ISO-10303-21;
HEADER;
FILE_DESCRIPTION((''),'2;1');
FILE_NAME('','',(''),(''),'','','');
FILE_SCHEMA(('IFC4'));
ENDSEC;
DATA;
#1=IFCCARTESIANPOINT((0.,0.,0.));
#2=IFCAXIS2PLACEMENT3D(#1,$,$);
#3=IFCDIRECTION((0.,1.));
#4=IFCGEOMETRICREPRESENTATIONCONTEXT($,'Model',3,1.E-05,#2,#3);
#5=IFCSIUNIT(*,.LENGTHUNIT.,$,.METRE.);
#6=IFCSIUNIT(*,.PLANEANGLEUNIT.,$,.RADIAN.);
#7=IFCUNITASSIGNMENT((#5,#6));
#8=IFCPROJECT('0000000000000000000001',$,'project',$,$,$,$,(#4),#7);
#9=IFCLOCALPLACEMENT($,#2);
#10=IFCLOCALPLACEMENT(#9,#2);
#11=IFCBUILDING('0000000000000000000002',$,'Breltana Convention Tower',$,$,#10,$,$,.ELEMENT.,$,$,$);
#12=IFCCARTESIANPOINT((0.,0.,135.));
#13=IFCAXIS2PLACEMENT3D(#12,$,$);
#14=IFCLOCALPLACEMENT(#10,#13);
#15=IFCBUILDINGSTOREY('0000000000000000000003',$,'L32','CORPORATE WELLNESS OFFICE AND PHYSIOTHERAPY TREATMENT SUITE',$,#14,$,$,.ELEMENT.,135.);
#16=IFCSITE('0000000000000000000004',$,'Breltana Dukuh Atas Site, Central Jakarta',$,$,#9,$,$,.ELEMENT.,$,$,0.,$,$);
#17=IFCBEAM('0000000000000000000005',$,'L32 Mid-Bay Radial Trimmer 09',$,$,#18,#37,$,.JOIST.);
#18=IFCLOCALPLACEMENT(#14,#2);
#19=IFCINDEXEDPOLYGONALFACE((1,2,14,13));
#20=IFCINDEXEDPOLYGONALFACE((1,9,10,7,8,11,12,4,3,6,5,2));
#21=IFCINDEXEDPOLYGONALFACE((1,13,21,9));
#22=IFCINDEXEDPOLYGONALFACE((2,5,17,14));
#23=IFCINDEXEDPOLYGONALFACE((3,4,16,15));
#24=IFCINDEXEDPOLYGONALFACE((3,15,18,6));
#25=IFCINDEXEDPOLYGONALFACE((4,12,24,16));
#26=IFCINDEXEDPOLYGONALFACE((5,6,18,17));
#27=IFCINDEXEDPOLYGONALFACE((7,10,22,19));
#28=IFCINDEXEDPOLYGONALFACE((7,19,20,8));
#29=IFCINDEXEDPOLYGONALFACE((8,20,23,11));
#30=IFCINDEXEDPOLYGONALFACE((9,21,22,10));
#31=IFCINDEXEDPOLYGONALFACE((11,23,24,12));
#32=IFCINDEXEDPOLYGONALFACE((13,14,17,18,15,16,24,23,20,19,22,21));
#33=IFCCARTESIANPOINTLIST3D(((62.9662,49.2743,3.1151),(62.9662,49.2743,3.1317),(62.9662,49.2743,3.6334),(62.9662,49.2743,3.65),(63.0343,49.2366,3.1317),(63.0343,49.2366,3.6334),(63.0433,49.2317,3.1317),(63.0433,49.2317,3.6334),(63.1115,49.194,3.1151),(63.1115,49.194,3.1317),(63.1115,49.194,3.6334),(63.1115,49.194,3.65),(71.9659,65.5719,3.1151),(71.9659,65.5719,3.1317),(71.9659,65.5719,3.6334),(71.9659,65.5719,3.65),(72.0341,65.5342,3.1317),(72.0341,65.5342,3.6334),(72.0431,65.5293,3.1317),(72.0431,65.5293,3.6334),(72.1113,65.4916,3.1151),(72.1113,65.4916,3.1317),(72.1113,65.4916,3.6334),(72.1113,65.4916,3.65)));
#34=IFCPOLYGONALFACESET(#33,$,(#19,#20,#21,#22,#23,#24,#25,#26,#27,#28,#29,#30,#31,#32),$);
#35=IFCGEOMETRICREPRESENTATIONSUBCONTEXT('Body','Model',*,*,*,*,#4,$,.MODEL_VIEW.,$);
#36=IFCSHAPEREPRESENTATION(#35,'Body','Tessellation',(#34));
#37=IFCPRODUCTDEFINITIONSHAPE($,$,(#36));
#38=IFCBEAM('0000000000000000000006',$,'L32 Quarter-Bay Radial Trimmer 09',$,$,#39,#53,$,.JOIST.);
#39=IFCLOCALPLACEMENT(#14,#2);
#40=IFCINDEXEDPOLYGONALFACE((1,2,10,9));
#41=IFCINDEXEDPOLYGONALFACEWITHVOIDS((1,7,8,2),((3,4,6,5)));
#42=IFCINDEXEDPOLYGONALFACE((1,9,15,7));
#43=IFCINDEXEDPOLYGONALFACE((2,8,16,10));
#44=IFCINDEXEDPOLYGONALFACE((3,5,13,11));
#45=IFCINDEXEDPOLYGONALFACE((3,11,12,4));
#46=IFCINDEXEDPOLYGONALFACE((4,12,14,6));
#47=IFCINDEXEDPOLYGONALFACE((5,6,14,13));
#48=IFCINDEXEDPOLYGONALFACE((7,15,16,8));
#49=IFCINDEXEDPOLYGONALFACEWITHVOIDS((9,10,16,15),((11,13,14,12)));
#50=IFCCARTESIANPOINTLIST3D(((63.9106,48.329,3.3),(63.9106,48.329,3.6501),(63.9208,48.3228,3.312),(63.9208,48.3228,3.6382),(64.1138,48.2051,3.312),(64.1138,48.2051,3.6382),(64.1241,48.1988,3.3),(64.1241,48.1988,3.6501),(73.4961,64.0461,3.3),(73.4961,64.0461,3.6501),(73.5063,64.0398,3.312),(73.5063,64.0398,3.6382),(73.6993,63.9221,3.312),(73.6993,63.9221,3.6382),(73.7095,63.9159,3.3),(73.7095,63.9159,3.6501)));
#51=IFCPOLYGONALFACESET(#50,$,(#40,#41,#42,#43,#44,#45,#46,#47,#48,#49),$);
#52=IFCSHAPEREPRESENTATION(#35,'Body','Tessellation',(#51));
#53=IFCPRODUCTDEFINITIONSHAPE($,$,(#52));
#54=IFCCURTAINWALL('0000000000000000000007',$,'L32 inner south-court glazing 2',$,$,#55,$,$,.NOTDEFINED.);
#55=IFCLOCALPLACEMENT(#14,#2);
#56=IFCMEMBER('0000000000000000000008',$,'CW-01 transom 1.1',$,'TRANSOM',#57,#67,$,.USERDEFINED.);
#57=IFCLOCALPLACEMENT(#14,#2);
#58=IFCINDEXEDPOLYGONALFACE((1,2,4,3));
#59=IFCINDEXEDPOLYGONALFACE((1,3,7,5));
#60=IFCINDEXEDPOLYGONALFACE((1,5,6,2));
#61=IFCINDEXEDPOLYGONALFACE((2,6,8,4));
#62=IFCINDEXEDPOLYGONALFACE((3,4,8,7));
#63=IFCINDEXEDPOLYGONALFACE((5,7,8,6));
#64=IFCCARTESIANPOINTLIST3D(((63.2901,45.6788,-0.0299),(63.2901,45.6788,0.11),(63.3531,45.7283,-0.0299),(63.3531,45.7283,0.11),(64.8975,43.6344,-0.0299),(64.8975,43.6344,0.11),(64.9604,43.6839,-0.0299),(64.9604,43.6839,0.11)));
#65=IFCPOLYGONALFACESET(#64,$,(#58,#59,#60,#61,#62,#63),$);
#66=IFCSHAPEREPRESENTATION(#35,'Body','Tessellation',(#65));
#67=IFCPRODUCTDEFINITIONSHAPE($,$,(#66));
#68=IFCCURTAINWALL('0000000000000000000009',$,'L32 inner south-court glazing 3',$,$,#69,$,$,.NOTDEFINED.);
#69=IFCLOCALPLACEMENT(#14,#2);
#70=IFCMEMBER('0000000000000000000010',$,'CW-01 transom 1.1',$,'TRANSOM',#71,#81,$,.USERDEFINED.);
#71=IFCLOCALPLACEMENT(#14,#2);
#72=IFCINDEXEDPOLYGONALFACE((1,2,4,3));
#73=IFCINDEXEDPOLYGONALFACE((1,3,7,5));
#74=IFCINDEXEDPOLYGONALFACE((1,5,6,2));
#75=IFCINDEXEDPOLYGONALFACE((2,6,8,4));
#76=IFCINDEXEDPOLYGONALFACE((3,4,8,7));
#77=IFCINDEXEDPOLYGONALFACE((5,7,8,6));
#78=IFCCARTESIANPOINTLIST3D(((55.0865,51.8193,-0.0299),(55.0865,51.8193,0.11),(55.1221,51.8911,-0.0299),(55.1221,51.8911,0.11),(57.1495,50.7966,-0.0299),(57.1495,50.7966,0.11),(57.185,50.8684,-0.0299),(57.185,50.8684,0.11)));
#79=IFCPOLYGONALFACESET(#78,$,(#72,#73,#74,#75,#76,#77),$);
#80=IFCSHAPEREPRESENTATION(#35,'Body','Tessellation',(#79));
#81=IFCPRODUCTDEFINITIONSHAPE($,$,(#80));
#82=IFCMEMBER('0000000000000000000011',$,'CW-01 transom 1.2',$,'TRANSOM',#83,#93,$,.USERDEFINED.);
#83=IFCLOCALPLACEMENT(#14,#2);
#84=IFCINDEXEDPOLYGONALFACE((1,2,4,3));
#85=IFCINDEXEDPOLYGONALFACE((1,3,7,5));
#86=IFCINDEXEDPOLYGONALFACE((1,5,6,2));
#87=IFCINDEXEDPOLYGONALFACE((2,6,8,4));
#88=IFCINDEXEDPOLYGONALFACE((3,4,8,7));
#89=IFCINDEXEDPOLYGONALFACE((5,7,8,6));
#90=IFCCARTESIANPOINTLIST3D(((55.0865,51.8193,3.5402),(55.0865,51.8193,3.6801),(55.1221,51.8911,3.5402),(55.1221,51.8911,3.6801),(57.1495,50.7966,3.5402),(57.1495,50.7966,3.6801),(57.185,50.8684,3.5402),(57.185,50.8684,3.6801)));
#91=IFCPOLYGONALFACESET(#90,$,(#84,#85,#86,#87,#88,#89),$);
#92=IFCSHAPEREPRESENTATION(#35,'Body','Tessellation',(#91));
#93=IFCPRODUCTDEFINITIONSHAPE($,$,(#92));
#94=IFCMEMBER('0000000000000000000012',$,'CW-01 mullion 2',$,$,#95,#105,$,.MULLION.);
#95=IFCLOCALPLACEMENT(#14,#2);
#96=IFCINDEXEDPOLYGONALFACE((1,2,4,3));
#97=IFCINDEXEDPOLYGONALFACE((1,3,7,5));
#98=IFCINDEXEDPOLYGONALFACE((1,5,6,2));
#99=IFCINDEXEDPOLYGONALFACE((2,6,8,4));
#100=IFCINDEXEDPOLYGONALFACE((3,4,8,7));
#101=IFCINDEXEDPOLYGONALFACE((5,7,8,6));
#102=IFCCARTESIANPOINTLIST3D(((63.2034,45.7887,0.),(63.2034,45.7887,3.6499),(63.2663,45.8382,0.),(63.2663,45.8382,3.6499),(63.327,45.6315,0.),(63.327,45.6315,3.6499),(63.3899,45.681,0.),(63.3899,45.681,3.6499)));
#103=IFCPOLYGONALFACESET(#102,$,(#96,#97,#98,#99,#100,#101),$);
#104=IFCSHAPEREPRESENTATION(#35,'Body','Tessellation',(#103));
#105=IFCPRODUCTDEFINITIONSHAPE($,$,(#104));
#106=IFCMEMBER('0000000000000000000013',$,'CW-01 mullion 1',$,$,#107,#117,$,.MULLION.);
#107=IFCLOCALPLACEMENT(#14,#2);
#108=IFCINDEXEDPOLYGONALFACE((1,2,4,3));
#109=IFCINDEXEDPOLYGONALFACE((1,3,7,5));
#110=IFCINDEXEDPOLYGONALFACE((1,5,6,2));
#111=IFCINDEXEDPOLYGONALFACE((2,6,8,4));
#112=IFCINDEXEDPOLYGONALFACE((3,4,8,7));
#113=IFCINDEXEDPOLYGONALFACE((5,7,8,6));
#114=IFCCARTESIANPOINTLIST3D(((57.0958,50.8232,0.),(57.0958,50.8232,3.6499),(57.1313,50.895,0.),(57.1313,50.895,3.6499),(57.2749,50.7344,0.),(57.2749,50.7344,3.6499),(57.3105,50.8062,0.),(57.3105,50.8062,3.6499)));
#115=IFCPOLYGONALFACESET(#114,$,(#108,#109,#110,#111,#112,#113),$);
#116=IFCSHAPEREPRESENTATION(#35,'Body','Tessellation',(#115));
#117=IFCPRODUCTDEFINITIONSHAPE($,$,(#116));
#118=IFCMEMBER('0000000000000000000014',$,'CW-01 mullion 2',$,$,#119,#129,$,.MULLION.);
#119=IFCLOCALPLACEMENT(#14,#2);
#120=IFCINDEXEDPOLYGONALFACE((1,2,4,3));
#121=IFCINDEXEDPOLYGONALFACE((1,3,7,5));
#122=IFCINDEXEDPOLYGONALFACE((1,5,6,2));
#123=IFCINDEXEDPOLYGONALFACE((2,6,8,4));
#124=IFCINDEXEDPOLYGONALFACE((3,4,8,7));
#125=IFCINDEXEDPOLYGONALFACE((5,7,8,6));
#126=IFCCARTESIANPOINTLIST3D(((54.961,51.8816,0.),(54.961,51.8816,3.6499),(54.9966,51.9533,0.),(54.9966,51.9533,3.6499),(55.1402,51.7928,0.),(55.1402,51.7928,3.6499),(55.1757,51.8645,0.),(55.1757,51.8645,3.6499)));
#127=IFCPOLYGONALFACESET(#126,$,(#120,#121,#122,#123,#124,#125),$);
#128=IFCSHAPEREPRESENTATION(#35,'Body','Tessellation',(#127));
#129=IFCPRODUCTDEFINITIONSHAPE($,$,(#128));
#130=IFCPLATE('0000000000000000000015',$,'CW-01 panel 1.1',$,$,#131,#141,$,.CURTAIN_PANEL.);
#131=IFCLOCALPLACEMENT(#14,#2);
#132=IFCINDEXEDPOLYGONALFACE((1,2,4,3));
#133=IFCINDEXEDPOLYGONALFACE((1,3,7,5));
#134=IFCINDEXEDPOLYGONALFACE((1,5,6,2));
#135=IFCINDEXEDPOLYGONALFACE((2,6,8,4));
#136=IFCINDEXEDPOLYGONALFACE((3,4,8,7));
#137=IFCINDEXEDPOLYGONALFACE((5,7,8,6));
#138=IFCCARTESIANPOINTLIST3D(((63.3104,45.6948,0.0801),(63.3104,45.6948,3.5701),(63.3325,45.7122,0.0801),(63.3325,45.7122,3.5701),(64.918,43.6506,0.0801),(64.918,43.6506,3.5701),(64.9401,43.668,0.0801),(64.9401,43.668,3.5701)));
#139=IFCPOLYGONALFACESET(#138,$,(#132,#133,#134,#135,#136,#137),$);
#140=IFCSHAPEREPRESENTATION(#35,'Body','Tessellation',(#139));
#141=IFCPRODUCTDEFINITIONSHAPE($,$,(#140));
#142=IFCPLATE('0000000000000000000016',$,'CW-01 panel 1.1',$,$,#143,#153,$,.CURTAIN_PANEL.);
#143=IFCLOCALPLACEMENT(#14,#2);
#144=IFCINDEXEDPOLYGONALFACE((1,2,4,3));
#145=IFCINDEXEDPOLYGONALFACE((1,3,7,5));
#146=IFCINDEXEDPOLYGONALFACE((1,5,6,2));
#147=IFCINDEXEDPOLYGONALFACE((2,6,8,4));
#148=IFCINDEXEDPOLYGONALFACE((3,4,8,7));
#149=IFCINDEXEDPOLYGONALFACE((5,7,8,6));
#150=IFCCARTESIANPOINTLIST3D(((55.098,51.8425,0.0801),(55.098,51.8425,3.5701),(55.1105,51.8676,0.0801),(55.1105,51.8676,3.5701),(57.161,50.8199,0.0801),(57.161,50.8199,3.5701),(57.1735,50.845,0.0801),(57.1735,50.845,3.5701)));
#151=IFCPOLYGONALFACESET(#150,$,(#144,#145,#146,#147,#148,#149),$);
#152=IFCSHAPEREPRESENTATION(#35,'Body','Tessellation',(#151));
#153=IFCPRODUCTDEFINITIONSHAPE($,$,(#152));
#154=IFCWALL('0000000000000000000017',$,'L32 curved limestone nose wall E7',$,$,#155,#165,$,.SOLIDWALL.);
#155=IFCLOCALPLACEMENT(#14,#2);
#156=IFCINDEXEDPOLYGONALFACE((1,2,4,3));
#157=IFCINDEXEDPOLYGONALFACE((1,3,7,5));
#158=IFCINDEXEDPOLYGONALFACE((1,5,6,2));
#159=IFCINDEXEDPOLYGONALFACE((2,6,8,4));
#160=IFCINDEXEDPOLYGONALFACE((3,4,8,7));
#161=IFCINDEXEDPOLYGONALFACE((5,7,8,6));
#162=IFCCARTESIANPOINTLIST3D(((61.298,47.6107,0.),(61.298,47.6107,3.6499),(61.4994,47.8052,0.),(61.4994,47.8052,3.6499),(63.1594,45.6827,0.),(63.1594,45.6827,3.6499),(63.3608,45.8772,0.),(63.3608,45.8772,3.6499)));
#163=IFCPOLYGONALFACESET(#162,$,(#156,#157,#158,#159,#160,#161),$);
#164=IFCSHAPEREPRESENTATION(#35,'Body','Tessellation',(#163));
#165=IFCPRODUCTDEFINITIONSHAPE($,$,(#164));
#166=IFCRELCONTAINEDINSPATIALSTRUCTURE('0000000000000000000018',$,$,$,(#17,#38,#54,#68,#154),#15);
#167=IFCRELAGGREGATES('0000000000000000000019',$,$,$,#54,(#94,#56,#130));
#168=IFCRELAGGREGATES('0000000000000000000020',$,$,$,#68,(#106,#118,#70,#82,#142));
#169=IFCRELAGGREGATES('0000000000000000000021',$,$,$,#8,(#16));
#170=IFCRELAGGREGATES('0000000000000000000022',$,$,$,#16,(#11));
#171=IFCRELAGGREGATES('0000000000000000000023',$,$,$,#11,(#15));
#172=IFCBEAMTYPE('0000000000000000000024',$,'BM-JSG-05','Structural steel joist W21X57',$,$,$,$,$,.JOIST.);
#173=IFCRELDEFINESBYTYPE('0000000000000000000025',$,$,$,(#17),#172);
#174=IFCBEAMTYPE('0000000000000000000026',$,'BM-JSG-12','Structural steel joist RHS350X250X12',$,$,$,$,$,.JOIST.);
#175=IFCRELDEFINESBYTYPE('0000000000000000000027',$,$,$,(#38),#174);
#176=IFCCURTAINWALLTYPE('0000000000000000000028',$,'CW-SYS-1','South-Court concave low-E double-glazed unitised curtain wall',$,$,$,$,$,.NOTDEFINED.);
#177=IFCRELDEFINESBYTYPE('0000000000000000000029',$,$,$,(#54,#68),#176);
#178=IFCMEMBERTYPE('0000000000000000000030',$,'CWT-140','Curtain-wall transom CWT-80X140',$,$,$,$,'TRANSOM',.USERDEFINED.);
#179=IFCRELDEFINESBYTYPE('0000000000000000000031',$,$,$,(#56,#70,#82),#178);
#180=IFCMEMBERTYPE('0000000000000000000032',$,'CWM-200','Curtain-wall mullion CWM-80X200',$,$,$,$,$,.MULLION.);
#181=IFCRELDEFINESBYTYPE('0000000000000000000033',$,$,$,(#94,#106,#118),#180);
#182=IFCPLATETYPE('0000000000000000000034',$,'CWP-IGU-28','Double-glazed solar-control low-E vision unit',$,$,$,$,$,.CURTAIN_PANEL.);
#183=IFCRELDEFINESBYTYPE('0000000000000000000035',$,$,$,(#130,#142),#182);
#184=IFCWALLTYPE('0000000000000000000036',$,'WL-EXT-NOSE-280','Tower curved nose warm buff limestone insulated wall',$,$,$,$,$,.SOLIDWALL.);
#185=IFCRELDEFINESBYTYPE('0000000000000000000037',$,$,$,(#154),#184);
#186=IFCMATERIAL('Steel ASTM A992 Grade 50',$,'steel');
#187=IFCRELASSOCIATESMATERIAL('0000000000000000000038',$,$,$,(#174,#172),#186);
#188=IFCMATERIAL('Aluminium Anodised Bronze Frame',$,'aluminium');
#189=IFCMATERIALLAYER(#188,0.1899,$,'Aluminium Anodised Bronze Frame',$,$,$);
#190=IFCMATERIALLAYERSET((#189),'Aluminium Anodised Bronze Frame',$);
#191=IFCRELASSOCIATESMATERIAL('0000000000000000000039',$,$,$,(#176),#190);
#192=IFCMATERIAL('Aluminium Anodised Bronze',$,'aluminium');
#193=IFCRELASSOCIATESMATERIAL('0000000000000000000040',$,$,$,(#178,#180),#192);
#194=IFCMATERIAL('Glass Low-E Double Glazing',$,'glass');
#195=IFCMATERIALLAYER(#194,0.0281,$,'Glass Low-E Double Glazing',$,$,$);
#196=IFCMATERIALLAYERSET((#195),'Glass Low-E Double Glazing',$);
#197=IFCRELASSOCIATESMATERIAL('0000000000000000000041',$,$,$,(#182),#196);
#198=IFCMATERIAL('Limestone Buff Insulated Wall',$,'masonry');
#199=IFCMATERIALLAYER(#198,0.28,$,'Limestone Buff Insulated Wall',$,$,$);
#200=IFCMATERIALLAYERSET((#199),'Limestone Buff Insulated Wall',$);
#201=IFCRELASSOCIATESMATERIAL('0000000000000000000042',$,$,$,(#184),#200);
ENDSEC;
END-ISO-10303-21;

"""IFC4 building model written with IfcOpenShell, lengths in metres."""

from ifc_helpers import new_model, si_unit, direction, frame, frame_2d, origin, origin_2d, place, context, subcontext, project, spatial, rectangle, hollow_rectangle, i_section, extrude, source, transform, mapped, material, layer, layer_set, material_profile, profile_set, type_object, element, aggregate, save


model = new_model("IFC4")

# Units and contexts
model_context = context("Model", 3, precision=1e-05, world=origin(), true_north=direction((0.0, 1.0)))
body_context = subcontext(model_context, "Body", "Model", "MODEL_VIEW")
ifc_project = project(units=[si_unit("LENGTHUNIT", "METRE"), si_unit("PLANEANGLEUNIT", "RADIAN")], contexts=[model_context])

# Site, building, storey
site_placement = place(None, origin())
site = spatial("IfcSite", under=ifc_project, at=site_placement, Name="Breltana Dukuh Atas Site, Central Jakarta", CompositionType="ELEMENT", RefElevation=0.0)
building_placement = place(site_placement, origin())
building = spatial("IfcBuilding", under=site, at=building_placement, Name="Breltana Convention Tower", CompositionType="ELEMENT")
storey_placement = place(building_placement, frame((0.0, 0.0, 135.0)))
storey = spatial("IfcBuildingStorey", under=building, at=storey_placement, Name="L32", Description="CORPORATE WELLNESS OFFICE AND PHYSIOTHERAPY TREATMENT SUITE", CompositionType="ELEMENT", Elevation=135.0)

# Beams
ifc_material_1 = material(Name="Steel ASTM A992 Grade 50", Category="steel")
ifc_material_profile_1 = material_profile(ifc_material_1, hollow_rectangle(XDim=0.25, YDim=0.3501, WallThickness=0.012, at=origin_2d()), Name="RHS350X250X12")
ifc_profile_set_1 = profile_set([ifc_material_profile_1], Name="Steel ASTM A992 Grade 50")
beam_type_1 = type_object("IfcBeamType", Name="BM-JSG-12", Description="Structural steel joist RHS350X250X12", PredefinedType="JOIST", material=ifc_profile_set_1)
ifc_material_profile_2 = material_profile(ifc_material_1, i_section(OverallWidth=0.166, OverallDepth=0.5349, WebThickness=0.0103, FlangeThickness=0.0166, at=origin_2d()), Name="W21X57")
ifc_profile_set_2 = profile_set([ifc_material_profile_2], Name="Steel ASTM A992 Grade 50")
beam_type_2 = type_object("IfcBeamType", Name="BM-JSG-05", Description="Structural steel joist W21X57", PredefinedType="JOIST", material=ifc_profile_set_2)
shared_shape_1 = source(origin(), body_context, "Body", "SweptSolid", [
    extrude(i_section(OverallWidth=0.166, OverallDepth=0.5349, WebThickness=0.0103, FlangeThickness=0.0166, at=origin_2d()), origin(), (0.0, 0.0, 1.0), 18.6174),
])
beam_1_placement = place(storey_placement, frame((63.0388, 49.2341, 3.3826), z_axis=(0.483406, 0.875396, 0.0), x_axis=(-0.875396, 0.483406, 0.0)))
element("IfcBeam", 1, at=beam_1_placement, inside=storey, type_object=beam_type_2, Name="L32 Mid-Bay Radial Trimmer 09", PredefinedType="JOIST", context=body_context, shape_type="MappedRepresentation", body=[
    mapped(shared_shape_1, transform((0.0, 0.0, 0.0), scale=1.0)),
])
shared_shape_2 = source(origin(), body_context, "Body", "SweptSolid", [
    extrude(hollow_rectangle(XDim=0.25, YDim=0.3501, WallThickness=0.012, at=origin_2d()), origin(), (0.0, 0.0, 1.0), 18.4094),
])
beam_2_placement = place(storey_placement, frame((64.0173, 48.2639, 3.4751), z_axis=(0.520682, 0.853751, 0.0), x_axis=(-0.853751, 0.520682, 0.0)))
element("IfcBeam", 2, at=beam_2_placement, inside=storey, type_object=beam_type_1, Name="L32 Quarter-Bay Radial Trimmer 09", PredefinedType="JOIST", context=body_context, shape_type="MappedRepresentation", body=[
    mapped(shared_shape_2, transform((0.0, 0.0, 0.0), scale=1.0)),
])

# Curtain wall, member
ifc_material_2 = material(Name="Aluminium Anodised Bronze Frame", Category="aluminium")
ifc_layer_1 = layer(ifc_material_2, 0.1899, Name="Aluminium Anodised Bronze Frame")
ifc_layer_set_1 = layer_set([ifc_layer_1], Name="Aluminium Anodised Bronze Frame")
curtain_wall_type = type_object("IfcCurtainWallType", Name="CW-SYS-1", Description="South-Court concave low-E double-glazed unitised curtain wall", PredefinedType="NOTDEFINED", material=ifc_layer_set_1)
curtain_wall_1_placement = place(storey_placement, origin())
curtain_wall_1 = element("IfcCurtainWall", 3, at=curtain_wall_1_placement, inside=storey, type_object=curtain_wall_type, Name="L32 inner south-court glazing 2", PredefinedType="NOTDEFINED")
ifc_material_3 = material(Name="Aluminium Anodised Bronze", Category="aluminium")
ifc_material_profile_3 = material_profile(ifc_material_3, rectangle(XDim=0.0801, YDim=0.1399, at=origin_2d()), Name="CWT-80X140")
ifc_profile_set_3 = profile_set([ifc_material_profile_3], Name="Aluminium Anodised Bronze")
member_type_1 = type_object("IfcMemberType", Name="CWT-140", Description="Curtain-wall transom CWT-80X140", ElementType="TRANSOM", PredefinedType="USERDEFINED", material=ifc_profile_set_3)
shared_shape_3 = source(origin(), body_context, "Body", "SweptSolid", [
    extrude(rectangle(XDim=0.0801, YDim=0.1399, at=origin_2d()), origin(), (0.0, 0.0, 1.0), 2.6006),
])
member_1_placement = place(storey_placement, frame((64.929, 43.6592, 0.04), z_axis=(-0.618079, 0.786116, 0.0), x_axis=(-0.786116, -0.618079, 0.0)))
member_1 = element("IfcMember", 4, at=member_1_placement, type_object=member_type_1, Name="CW-01 transom 1.1", ObjectType="TRANSOM", PredefinedType="USERDEFINED", context=body_context, shape_type="MappedRepresentation", body=[
    mapped(shared_shape_3, transform((0.0, 0.0, 0.0), scale=1.0)),
])

# Curtain wall, members
curtain_wall_2_placement = place(storey_placement, origin())
curtain_wall_2 = element("IfcCurtainWall", 5, at=curtain_wall_2_placement, inside=storey, type_object=curtain_wall_type, Name="L32 inner south-court glazing 3", PredefinedType="NOTDEFINED")
shared_shape_4 = source(origin(), body_context, "Body", "SweptSolid", [
    extrude(rectangle(XDim=0.0801, YDim=0.1399, at=origin_2d()), origin(), (0.0, 0.0, 1.0), 2.3025),
])
member_2_placement = place(storey_placement, frame((57.1672, 50.8325, 0.04), z_axis=(-0.895949, 0.444157, 0.0), x_axis=(-0.444157, -0.895949, 0.0)))
member_2 = element("IfcMember", 6, at=member_2_placement, type_object=member_type_1, Name="CW-01 transom 1.1", ObjectType="TRANSOM", PredefinedType="USERDEFINED", context=body_context, shape_type="MappedRepresentation", body=[
    mapped(shared_shape_4, transform((0.0, 0.0, 0.0), scale=1.0)),
])
member_3_placement = place(storey_placement, frame((57.1672, 50.8325, 3.6101), z_axis=(-0.895949, 0.444157, 0.0), x_axis=(-0.444157, -0.895949, 0.0)))
member_3 = element("IfcMember", 7, at=member_3_placement, type_object=member_type_1, Name="CW-01 transom 1.2", ObjectType="TRANSOM", PredefinedType="USERDEFINED", context=body_context, shape_type="MappedRepresentation", body=[
    mapped(shared_shape_4, transform((0.0, 0.0, 0.0), scale=1.0)),
])

# Members
ifc_material_profile_4 = material_profile(ifc_material_3, rectangle(XDim=0.0801, YDim=0.2, at=origin_2d()), Name="CWM-80X200")
ifc_profile_set_4 = profile_set([ifc_material_profile_4], Name="Aluminium Anodised Bronze")
member_type_2 = type_object("IfcMemberType", Name="CWM-200", Description="Curtain-wall mullion CWM-80X200", PredefinedType="MULLION", material=ifc_profile_set_4)
shared_shape_5 = source(origin(), body_context, "Body", "SweptSolid", [
    extrude(rectangle(XDim=0.0801, YDim=0.2, at=origin_2d()), origin(), (0.0, 0.0, 1.0), 3.6499),
])
member_4_placement = place(storey_placement, frame((63.2966, 45.7349, 0.0), z_axis=(0.0, 0.0, 1.0), x_axis=(-0.786054, -0.618157, 0.0)))
member_4 = element("IfcMember", 8, at=member_4_placement, type_object=member_type_2, Name="CW-01 mullion 2", PredefinedType="MULLION", context=body_context, shape_type="MappedRepresentation", body=[
    mapped(shared_shape_5, transform((0.0, 0.0, 0.0), scale=1.0)),
])
member_5_placement = place(storey_placement, frame((57.2031, 50.8147, 0.0), z_axis=(0.0, 0.0, 1.0), x_axis=(-0.444125, -0.895965, 0.0)))
member_5 = element("IfcMember", 9, at=member_5_placement, type_object=member_type_2, Name="CW-01 mullion 1", PredefinedType="MULLION", context=body_context, shape_type="MappedRepresentation", body=[
    mapped(shared_shape_5, transform((0.0, 0.0, 0.0), scale=1.0)),
])
member_6_placement = place(storey_placement, frame((55.0684, 51.873, 0.0), z_axis=(0.0, 0.0, 1.0), x_axis=(-0.444125, -0.895965, 0.0)))
member_6 = element("IfcMember", 10, at=member_6_placement, type_object=member_type_2, Name="CW-01 mullion 2", PredefinedType="MULLION", context=body_context, shape_type="MappedRepresentation", body=[
    mapped(shared_shape_5, transform((0.0, 0.0, 0.0), scale=1.0)),
])

# Plates
ifc_material_4 = material(Name="Glass Low-E Double Glazing", Category="glass")
ifc_layer_2 = layer(ifc_material_4, 0.0281, Name="Glass Low-E Double Glazing")
ifc_layer_set_2 = layer_set([ifc_layer_2], Name="Glass Low-E Double Glazing")
plate_type = type_object("IfcPlateType", Name="CWP-IGU-28", Description="Double-glazed solar-control low-E vision unit", PredefinedType="CURTAIN_PANEL", material=ifc_layer_set_2)
shared_shape_6 = source(origin(), body_context, "Body", "SweptSolid", [
    extrude(rectangle(XDim=2.6006, YDim=0.0281, at=origin_2d()), origin(), (0.0, 0.0, 1.0), 3.49),
])
plate_1_placement = place(storey_placement, frame((64.1252, 44.6814, 0.0801), z_axis=(0.0, 0.0, 1.0), x_axis=(-0.618157, 0.786054, 0.0)))
plate_1 = element("IfcPlate", 11, at=plate_1_placement, type_object=plate_type, Name="CW-01 panel 1.1", PredefinedType="CURTAIN_PANEL", context=body_context, shape_type="MappedRepresentation", body=[
    mapped(shared_shape_6, transform((0.0, 0.0, 0.0), scale=1.0)),
])
aggregate(curtain_wall_1, [member_4, member_1, plate_1])
shared_shape_7 = source(origin(), body_context, "Body", "SweptSolid", [
    extrude(rectangle(XDim=2.3025, YDim=0.0281, at=origin_2d()), origin(), (0.0, 0.0, 1.0), 3.49),
])
plate_2_placement = place(storey_placement, frame((56.1357, 51.3438, 0.0801), z_axis=(0.0, 0.0, 1.0), x_axis=(-0.895965, 0.444125, 0.0)))
plate_2 = element("IfcPlate", 12, at=plate_2_placement, type_object=plate_type, Name="CW-01 panel 1.1", PredefinedType="CURTAIN_PANEL", context=body_context, shape_type="MappedRepresentation", body=[
    mapped(shared_shape_7, transform((0.0, 0.0, 0.0), scale=1.0)),
])
aggregate(curtain_wall_2, [member_5, member_6, member_2, member_3, plate_2])

# Wall
ifc_material_5 = material(Name="Limestone Buff Insulated Wall", Category="masonry")
ifc_layer_3 = layer(ifc_material_5, 0.28, Name="Limestone Buff Insulated Wall")
ifc_layer_set_3 = layer_set([ifc_layer_3], Name="Limestone Buff Insulated Wall")
wall_type_1 = type_object("IfcWallType", Name="WL-EXT-NOSE-280", Description="Tower curved nose warm buff limestone insulated wall", PredefinedType="SOLIDWALL", material=ifc_layer_set_3)
shared_shape_8 = source(origin(), body_context, "Body", "SweptSolid", [
    extrude(rectangle(XDim=2.6799, YDim=0.28, at=frame_2d((1.3398, 0.0))), origin(), (0.0, 0.0, 1.0), 3.6499),
])
wall_1_placement = place(storey_placement, frame((63.26, 45.78, 0.0), z_axis=(0.0, 0.0, 1.0), x_axis=(-0.694562, 0.719433, 0.0)))
element("IfcWall", 13, at=wall_1_placement, inside=storey, type_object=wall_type_1, Name="L32 curved limestone nose wall E7", PredefinedType="SOLIDWALL", context=body_context, shape_type="MappedRepresentation", body=[
    mapped(shared_shape_8, transform((0.0, 0.0, 0.0), scale=1.0)),
])

save(model, "model.ifc")
